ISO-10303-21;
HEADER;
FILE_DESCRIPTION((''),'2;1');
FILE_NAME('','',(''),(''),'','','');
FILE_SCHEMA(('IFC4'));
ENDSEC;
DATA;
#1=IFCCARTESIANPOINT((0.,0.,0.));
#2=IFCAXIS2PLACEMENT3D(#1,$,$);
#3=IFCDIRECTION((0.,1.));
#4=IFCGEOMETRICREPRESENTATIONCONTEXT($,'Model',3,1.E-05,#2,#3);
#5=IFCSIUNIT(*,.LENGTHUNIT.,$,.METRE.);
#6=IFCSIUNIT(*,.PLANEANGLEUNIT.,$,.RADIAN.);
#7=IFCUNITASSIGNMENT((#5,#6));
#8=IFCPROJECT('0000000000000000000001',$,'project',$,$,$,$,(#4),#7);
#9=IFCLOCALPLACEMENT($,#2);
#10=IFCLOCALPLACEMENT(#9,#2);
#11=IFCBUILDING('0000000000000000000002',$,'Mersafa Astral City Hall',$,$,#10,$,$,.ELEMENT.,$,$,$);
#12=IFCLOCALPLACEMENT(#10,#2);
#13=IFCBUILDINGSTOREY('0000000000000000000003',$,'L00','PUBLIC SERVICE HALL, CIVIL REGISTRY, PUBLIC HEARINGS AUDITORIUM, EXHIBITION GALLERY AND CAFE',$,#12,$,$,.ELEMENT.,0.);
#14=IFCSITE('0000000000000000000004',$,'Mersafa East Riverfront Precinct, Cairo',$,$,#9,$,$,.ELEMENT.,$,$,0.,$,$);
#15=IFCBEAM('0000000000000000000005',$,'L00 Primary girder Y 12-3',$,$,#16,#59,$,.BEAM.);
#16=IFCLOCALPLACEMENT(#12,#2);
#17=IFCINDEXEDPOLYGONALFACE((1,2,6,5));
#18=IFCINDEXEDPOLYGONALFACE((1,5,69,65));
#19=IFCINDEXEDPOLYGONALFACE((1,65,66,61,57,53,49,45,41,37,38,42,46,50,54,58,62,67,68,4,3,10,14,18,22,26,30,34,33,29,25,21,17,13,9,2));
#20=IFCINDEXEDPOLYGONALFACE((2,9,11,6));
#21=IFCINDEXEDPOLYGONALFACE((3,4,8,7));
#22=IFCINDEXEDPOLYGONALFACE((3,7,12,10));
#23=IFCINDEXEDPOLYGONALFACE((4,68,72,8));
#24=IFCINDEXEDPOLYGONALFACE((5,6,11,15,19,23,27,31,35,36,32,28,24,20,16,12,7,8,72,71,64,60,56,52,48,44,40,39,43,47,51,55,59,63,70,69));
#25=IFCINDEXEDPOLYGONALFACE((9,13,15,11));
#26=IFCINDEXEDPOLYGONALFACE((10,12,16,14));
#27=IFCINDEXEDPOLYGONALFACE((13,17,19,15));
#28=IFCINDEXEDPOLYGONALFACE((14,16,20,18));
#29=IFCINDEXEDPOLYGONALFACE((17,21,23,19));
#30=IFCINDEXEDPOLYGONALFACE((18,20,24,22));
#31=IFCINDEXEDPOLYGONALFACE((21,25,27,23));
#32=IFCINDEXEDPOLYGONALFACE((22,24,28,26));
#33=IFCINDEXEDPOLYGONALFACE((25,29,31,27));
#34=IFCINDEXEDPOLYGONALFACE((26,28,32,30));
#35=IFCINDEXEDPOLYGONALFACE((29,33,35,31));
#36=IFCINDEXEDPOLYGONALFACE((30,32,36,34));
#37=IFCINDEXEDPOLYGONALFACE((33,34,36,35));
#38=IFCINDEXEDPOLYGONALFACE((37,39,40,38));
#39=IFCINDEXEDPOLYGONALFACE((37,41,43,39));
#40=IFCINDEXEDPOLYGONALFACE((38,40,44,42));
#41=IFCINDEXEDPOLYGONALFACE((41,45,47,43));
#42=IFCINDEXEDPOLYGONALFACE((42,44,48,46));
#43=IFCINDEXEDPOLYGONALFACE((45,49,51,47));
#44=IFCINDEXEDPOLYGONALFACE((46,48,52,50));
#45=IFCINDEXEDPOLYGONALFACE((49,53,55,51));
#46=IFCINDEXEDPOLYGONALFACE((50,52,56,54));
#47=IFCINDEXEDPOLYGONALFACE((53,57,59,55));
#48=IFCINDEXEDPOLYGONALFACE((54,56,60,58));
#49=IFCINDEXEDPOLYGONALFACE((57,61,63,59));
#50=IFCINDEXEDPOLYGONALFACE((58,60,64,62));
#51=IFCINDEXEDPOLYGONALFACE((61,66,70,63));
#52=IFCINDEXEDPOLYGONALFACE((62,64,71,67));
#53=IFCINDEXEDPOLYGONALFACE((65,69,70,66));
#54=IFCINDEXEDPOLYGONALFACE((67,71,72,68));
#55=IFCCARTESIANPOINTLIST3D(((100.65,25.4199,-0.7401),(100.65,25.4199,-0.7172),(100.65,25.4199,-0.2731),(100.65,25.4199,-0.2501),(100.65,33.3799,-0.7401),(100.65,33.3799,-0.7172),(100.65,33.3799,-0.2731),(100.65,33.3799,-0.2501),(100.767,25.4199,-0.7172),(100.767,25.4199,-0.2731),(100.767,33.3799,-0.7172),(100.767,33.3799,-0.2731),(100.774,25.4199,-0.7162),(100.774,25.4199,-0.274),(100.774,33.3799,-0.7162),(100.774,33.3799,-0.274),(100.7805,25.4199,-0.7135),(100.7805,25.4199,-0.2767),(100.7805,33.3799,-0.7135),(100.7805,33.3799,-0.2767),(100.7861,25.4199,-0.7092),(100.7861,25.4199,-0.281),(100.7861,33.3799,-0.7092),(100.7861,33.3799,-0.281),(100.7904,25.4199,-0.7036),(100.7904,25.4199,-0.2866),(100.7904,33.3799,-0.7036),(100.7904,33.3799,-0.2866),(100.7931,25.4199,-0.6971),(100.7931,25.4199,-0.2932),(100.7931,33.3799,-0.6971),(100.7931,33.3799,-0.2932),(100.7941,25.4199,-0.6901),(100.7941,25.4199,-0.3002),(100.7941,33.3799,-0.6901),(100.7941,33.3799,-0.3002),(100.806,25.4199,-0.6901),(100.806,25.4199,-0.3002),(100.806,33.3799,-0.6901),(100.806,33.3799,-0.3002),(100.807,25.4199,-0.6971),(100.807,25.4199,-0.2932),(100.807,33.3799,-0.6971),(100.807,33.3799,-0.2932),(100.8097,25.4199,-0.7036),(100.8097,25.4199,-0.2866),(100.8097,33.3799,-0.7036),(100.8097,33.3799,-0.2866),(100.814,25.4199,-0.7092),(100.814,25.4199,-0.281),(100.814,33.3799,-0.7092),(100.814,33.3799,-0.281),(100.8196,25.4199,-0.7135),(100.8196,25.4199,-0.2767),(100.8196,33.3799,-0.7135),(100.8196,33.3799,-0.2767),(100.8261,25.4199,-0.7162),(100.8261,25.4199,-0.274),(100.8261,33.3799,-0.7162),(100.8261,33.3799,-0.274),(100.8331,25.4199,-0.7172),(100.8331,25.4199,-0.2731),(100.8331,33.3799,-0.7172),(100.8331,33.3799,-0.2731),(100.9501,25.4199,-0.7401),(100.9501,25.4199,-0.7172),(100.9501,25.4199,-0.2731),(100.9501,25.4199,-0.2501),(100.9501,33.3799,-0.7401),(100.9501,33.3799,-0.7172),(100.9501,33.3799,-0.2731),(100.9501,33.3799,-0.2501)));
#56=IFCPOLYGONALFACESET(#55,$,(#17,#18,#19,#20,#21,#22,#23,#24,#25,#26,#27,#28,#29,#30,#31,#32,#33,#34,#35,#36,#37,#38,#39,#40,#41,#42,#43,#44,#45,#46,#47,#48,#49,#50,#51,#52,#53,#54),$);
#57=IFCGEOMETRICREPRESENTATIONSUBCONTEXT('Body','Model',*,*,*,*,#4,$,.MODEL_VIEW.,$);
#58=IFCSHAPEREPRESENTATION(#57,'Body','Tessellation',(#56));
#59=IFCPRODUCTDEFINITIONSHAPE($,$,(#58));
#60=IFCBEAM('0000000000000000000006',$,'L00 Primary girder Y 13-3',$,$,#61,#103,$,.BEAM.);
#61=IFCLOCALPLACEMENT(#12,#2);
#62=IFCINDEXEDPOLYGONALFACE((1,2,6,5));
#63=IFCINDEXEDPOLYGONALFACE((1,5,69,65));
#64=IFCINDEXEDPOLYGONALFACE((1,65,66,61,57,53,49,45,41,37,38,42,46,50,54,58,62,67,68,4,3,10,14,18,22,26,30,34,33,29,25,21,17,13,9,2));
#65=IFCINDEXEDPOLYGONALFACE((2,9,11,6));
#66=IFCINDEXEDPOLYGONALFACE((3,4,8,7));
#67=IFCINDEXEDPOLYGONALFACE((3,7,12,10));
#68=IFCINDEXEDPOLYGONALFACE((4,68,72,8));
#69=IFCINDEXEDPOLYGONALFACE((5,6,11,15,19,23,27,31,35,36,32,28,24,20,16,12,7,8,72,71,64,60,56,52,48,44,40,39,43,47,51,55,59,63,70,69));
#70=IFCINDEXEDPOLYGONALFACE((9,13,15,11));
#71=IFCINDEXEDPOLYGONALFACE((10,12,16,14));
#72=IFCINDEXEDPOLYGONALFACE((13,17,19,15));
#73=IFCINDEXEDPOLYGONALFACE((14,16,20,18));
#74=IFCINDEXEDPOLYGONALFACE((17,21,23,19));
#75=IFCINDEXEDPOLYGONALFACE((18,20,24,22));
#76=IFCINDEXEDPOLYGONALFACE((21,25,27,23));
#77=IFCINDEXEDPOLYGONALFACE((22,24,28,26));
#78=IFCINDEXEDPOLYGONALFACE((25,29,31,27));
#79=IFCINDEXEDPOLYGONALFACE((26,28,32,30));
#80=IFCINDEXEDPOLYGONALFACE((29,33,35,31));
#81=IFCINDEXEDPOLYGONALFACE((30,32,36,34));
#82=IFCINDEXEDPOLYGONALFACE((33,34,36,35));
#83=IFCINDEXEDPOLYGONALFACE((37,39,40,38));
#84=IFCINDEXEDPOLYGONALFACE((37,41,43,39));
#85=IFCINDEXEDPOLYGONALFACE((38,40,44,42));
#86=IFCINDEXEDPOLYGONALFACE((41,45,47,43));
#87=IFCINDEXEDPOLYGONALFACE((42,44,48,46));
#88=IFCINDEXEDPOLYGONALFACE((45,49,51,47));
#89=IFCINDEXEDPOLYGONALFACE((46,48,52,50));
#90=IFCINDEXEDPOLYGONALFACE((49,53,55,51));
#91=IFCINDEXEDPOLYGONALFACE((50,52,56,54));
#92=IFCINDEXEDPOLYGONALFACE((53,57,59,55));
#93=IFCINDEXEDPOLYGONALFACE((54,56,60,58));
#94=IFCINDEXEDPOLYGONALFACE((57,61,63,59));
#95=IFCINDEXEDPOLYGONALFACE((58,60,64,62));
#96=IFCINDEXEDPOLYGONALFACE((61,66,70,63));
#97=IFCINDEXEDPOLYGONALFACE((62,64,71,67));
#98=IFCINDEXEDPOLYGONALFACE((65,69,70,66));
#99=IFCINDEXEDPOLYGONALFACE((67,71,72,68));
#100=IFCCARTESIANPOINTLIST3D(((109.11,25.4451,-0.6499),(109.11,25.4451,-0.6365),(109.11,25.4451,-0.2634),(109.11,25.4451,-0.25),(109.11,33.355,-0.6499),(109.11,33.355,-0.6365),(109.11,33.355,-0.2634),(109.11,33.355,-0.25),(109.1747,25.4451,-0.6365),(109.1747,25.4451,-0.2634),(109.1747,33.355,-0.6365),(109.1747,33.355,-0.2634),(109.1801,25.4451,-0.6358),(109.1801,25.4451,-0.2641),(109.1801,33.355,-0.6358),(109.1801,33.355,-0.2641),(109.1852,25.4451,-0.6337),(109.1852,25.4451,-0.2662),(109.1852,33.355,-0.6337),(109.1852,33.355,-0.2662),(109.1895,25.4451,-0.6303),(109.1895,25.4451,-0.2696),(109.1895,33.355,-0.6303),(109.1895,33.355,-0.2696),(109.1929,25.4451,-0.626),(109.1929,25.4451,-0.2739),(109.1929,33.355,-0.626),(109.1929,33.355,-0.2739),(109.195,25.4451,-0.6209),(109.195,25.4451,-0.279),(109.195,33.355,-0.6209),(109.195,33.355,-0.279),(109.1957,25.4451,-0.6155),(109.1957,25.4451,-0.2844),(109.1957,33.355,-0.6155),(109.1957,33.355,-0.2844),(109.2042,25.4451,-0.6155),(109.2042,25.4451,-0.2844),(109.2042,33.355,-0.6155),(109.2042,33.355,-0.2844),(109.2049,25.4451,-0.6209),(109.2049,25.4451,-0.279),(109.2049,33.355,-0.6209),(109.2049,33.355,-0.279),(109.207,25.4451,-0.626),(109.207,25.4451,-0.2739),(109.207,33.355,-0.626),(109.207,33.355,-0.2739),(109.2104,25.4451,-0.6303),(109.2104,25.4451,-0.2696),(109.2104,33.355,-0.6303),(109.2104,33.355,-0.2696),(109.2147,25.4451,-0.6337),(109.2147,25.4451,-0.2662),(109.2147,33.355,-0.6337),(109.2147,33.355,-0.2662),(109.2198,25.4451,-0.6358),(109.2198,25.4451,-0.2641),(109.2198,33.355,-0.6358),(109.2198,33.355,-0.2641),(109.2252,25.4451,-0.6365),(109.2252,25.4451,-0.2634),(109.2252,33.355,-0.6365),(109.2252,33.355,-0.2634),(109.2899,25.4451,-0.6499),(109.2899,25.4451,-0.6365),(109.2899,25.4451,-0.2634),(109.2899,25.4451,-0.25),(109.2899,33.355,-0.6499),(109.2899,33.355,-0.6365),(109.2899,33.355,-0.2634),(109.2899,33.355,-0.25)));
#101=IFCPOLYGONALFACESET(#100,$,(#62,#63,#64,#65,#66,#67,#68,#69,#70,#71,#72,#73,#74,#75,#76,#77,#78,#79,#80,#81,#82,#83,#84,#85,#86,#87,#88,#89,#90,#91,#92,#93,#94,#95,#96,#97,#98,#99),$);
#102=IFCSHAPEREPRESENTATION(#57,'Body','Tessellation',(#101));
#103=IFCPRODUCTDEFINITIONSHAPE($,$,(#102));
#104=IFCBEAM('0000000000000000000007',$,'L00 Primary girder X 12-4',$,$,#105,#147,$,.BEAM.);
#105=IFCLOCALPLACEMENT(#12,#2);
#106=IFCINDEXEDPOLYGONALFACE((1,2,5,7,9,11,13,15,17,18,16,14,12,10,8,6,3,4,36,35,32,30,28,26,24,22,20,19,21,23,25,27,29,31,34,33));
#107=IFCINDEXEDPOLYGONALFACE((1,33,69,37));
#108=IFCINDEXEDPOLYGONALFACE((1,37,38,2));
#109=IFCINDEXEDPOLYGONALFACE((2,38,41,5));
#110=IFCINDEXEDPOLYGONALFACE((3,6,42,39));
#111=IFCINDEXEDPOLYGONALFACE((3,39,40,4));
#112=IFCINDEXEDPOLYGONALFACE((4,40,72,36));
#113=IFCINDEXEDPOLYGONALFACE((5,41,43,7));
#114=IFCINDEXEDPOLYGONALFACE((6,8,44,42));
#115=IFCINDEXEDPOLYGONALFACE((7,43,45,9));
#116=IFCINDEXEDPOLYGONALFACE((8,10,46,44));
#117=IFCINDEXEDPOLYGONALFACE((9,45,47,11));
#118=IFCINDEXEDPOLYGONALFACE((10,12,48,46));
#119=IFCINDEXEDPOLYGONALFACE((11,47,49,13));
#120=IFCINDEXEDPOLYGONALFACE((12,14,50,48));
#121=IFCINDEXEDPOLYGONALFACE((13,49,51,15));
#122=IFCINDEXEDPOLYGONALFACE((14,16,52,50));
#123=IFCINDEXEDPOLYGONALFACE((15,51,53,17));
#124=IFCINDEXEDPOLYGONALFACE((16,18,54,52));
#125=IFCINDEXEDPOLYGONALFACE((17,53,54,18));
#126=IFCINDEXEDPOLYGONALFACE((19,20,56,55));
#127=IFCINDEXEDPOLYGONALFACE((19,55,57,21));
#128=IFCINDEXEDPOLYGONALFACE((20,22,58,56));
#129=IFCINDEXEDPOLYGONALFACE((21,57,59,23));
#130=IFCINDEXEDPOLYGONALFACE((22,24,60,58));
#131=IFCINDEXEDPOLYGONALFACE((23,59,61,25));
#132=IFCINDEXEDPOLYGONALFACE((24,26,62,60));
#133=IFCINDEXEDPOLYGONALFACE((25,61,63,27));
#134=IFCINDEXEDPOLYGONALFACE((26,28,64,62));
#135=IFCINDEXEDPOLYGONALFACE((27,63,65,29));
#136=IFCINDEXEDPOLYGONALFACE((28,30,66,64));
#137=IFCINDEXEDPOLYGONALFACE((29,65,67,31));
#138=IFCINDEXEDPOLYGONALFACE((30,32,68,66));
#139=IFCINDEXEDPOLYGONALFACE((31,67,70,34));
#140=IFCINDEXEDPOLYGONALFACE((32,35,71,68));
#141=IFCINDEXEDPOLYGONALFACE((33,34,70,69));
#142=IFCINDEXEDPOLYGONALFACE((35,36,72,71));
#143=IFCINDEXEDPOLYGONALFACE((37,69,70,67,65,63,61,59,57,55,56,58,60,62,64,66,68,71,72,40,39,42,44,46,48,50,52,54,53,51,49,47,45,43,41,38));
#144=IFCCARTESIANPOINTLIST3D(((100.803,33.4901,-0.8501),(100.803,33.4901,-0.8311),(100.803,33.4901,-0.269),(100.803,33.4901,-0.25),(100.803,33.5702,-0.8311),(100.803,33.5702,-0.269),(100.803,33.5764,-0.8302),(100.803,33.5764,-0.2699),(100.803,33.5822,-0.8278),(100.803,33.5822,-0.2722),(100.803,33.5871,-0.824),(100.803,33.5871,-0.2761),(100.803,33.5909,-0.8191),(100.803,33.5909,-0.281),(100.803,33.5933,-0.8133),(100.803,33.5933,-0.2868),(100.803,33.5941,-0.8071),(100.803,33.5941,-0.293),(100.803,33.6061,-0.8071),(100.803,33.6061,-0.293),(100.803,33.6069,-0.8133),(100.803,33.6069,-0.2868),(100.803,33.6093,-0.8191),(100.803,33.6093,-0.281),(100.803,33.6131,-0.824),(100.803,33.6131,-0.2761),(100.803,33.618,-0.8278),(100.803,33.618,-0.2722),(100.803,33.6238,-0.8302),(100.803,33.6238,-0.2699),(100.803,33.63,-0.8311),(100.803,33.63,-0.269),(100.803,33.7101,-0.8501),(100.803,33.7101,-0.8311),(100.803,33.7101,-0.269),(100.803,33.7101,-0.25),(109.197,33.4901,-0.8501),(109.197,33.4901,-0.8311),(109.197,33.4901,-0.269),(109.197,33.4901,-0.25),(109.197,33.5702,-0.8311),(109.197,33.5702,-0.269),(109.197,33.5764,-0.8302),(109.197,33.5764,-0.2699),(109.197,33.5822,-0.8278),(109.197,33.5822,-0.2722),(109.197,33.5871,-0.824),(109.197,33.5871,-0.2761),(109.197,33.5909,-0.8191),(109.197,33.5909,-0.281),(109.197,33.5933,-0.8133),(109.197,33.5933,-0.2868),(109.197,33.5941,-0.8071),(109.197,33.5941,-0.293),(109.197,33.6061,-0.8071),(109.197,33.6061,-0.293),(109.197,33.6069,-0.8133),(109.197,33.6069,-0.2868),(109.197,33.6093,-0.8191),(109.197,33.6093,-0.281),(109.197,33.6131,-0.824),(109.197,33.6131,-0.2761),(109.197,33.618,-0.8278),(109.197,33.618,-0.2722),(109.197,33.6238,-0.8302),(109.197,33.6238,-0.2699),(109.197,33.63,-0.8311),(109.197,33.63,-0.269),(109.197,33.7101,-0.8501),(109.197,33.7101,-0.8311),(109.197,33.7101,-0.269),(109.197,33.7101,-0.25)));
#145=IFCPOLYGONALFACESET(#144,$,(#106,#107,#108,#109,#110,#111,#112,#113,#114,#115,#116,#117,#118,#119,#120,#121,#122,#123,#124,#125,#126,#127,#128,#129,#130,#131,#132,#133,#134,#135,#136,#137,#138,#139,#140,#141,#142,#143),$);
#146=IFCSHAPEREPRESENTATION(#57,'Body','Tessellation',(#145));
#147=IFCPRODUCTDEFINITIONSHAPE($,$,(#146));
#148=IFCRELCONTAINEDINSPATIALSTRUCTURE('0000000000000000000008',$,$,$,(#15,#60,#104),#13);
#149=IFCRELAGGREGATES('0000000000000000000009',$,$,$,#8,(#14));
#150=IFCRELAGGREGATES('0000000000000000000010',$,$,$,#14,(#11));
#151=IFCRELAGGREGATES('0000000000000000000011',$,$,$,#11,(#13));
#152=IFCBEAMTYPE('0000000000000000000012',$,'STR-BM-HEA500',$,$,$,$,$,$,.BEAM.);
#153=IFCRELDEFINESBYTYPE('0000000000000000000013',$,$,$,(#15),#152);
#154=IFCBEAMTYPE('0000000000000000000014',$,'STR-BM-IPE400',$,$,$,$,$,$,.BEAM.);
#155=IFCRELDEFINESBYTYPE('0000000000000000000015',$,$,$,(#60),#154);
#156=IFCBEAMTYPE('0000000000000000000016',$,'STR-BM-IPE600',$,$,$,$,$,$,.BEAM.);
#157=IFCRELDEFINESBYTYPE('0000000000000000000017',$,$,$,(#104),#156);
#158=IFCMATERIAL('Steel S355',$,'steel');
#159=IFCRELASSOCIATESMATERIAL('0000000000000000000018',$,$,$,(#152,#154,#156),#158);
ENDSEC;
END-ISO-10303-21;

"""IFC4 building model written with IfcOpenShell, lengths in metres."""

from ifc_helpers import new_model, si_unit, direction, frame, origin, origin_2d, place, context, subcontext, project, spatial, i_section, extrude, material, material_profile, profile_set, type_object, element, save


model = new_model("IFC4")

# Units and contexts
model_context = context("Model", 3, precision=1e-05, world=origin(), true_north=direction((0.0, 1.0)))
body_context = subcontext(model_context, "Body", "Model", "MODEL_VIEW")
ifc_project = project(units=[si_unit("LENGTHUNIT", "METRE"), si_unit("PLANEANGLEUNIT", "RADIAN")], contexts=[model_context])

# Site, building, storey
site_placement = place(None, origin())
site = spatial("IfcSite", under=ifc_project, at=site_placement, Name="Mersafa East Riverfront Precinct, Cairo", CompositionType="ELEMENT", RefElevation=0.0)
building_placement = place(site_placement, origin())
building = spatial("IfcBuilding", under=site, at=building_placement, Name="Mersafa Astral City Hall", CompositionType="ELEMENT")
storey_placement = place(building_placement, origin())
storey = spatial("IfcBuildingStorey", under=building, at=storey_placement, Name="L00", Description="PUBLIC SERVICE HALL, CIVIL REGISTRY, PUBLIC HEARINGS AUDITORIUM, EXHIBITION GALLERY AND CAFE", CompositionType="ELEMENT", Elevation=0.0)

# Shared definitions
ifc_material_1 = material(Name="Steel S355", Category="steel")

# Beams
ifc_material_profile_1 = material_profile(ifc_material_1, i_section(OverallWidth=0.3, OverallDepth=0.49, WebThickness=0.012, FlangeThickness=0.0229, FilletRadius=0.0271, at=origin_2d()), Name="HEA 500")
ifc_profile_set_1 = profile_set([ifc_material_profile_1], Name="Steel S355")
beam_type_1 = type_object("IfcBeamType", Name="STR-BM-HEA500", PredefinedType="BEAM", material=ifc_profile_set_1)
beam_1_placement = place(storey_placement, frame((100.8, 25.4199, -0.4951), z_axis=(0.0, 1.0, 0.0), x_axis=(-1.0, 0.0, 0.0)))
element("IfcBeam", 1, at=beam_1_placement, inside=storey, type_object=beam_type_1, Name="L00 Primary girder Y 12-3", PredefinedType="BEAM", context=body_context, shape_type="SweptSolid", body=[
    extrude(i_section(OverallWidth=0.3, OverallDepth=0.49, WebThickness=0.012, FlangeThickness=0.0229, FilletRadius=0.0271, at=origin_2d()), origin(), (0.0, 0.0, 1.0), 7.96),
])
ifc_material_profile_2 = material_profile(ifc_material_1, i_section(OverallWidth=0.1799, OverallDepth=0.3999, WebThickness=0.0085, FlangeThickness=0.0134, FilletRadius=0.021, at=origin_2d()), Name="IPE 400")
ifc_profile_set_2 = profile_set([ifc_material_profile_2], Name="Steel S355")
beam_type_2 = type_object("IfcBeamType", Name="STR-BM-IPE400", PredefinedType="BEAM", material=ifc_profile_set_2)
beam_2_placement = place(storey_placement, frame((109.2, 25.4451, -0.45), z_axis=(0.0, 1.0, 0.0), x_axis=(-1.0, 0.0, 0.0)))
element("IfcBeam", 2, at=beam_2_placement, inside=storey, type_object=beam_type_2, Name="L00 Primary girder Y 13-3", PredefinedType="BEAM", context=body_context, shape_type="SweptSolid", body=[
    extrude(i_section(OverallWidth=0.1799, OverallDepth=0.3999, WebThickness=0.0085, FlangeThickness=0.0134, FilletRadius=0.021, at=origin_2d()), origin(), (0.0, 0.0, 1.0), 7.9099),
])
ifc_material_profile_3 = material_profile(ifc_material_1, i_section(OverallWidth=0.22, OverallDepth=0.6001, WebThickness=0.012, FlangeThickness=0.019, FilletRadius=0.0239, at=origin_2d()), Name="IPE 600")
ifc_profile_set_3 = profile_set([ifc_material_profile_3], Name="Steel S355")
beam_type_3 = type_object("IfcBeamType", Name="STR-BM-IPE600", PredefinedType="BEAM", material=ifc_profile_set_3)
beam_3_placement = place(storey_placement, frame((100.803, 33.6001, -0.55), z_axis=(1.0, 0.0, 0.0), x_axis=(0.0, 1.0, 0.0)))
element("IfcBeam", 3, at=beam_3_placement, inside=storey, type_object=beam_type_3, Name="L00 Primary girder X 12-4", PredefinedType="BEAM", context=body_context, shape_type="SweptSolid", body=[
    extrude(i_section(OverallWidth=0.22, OverallDepth=0.6001, WebThickness=0.012, FlangeThickness=0.019, FilletRadius=0.0239, at=origin_2d()), origin(), (0.0, 0.0, 1.0), 8.394),
])

save(model, "model.ifc")
